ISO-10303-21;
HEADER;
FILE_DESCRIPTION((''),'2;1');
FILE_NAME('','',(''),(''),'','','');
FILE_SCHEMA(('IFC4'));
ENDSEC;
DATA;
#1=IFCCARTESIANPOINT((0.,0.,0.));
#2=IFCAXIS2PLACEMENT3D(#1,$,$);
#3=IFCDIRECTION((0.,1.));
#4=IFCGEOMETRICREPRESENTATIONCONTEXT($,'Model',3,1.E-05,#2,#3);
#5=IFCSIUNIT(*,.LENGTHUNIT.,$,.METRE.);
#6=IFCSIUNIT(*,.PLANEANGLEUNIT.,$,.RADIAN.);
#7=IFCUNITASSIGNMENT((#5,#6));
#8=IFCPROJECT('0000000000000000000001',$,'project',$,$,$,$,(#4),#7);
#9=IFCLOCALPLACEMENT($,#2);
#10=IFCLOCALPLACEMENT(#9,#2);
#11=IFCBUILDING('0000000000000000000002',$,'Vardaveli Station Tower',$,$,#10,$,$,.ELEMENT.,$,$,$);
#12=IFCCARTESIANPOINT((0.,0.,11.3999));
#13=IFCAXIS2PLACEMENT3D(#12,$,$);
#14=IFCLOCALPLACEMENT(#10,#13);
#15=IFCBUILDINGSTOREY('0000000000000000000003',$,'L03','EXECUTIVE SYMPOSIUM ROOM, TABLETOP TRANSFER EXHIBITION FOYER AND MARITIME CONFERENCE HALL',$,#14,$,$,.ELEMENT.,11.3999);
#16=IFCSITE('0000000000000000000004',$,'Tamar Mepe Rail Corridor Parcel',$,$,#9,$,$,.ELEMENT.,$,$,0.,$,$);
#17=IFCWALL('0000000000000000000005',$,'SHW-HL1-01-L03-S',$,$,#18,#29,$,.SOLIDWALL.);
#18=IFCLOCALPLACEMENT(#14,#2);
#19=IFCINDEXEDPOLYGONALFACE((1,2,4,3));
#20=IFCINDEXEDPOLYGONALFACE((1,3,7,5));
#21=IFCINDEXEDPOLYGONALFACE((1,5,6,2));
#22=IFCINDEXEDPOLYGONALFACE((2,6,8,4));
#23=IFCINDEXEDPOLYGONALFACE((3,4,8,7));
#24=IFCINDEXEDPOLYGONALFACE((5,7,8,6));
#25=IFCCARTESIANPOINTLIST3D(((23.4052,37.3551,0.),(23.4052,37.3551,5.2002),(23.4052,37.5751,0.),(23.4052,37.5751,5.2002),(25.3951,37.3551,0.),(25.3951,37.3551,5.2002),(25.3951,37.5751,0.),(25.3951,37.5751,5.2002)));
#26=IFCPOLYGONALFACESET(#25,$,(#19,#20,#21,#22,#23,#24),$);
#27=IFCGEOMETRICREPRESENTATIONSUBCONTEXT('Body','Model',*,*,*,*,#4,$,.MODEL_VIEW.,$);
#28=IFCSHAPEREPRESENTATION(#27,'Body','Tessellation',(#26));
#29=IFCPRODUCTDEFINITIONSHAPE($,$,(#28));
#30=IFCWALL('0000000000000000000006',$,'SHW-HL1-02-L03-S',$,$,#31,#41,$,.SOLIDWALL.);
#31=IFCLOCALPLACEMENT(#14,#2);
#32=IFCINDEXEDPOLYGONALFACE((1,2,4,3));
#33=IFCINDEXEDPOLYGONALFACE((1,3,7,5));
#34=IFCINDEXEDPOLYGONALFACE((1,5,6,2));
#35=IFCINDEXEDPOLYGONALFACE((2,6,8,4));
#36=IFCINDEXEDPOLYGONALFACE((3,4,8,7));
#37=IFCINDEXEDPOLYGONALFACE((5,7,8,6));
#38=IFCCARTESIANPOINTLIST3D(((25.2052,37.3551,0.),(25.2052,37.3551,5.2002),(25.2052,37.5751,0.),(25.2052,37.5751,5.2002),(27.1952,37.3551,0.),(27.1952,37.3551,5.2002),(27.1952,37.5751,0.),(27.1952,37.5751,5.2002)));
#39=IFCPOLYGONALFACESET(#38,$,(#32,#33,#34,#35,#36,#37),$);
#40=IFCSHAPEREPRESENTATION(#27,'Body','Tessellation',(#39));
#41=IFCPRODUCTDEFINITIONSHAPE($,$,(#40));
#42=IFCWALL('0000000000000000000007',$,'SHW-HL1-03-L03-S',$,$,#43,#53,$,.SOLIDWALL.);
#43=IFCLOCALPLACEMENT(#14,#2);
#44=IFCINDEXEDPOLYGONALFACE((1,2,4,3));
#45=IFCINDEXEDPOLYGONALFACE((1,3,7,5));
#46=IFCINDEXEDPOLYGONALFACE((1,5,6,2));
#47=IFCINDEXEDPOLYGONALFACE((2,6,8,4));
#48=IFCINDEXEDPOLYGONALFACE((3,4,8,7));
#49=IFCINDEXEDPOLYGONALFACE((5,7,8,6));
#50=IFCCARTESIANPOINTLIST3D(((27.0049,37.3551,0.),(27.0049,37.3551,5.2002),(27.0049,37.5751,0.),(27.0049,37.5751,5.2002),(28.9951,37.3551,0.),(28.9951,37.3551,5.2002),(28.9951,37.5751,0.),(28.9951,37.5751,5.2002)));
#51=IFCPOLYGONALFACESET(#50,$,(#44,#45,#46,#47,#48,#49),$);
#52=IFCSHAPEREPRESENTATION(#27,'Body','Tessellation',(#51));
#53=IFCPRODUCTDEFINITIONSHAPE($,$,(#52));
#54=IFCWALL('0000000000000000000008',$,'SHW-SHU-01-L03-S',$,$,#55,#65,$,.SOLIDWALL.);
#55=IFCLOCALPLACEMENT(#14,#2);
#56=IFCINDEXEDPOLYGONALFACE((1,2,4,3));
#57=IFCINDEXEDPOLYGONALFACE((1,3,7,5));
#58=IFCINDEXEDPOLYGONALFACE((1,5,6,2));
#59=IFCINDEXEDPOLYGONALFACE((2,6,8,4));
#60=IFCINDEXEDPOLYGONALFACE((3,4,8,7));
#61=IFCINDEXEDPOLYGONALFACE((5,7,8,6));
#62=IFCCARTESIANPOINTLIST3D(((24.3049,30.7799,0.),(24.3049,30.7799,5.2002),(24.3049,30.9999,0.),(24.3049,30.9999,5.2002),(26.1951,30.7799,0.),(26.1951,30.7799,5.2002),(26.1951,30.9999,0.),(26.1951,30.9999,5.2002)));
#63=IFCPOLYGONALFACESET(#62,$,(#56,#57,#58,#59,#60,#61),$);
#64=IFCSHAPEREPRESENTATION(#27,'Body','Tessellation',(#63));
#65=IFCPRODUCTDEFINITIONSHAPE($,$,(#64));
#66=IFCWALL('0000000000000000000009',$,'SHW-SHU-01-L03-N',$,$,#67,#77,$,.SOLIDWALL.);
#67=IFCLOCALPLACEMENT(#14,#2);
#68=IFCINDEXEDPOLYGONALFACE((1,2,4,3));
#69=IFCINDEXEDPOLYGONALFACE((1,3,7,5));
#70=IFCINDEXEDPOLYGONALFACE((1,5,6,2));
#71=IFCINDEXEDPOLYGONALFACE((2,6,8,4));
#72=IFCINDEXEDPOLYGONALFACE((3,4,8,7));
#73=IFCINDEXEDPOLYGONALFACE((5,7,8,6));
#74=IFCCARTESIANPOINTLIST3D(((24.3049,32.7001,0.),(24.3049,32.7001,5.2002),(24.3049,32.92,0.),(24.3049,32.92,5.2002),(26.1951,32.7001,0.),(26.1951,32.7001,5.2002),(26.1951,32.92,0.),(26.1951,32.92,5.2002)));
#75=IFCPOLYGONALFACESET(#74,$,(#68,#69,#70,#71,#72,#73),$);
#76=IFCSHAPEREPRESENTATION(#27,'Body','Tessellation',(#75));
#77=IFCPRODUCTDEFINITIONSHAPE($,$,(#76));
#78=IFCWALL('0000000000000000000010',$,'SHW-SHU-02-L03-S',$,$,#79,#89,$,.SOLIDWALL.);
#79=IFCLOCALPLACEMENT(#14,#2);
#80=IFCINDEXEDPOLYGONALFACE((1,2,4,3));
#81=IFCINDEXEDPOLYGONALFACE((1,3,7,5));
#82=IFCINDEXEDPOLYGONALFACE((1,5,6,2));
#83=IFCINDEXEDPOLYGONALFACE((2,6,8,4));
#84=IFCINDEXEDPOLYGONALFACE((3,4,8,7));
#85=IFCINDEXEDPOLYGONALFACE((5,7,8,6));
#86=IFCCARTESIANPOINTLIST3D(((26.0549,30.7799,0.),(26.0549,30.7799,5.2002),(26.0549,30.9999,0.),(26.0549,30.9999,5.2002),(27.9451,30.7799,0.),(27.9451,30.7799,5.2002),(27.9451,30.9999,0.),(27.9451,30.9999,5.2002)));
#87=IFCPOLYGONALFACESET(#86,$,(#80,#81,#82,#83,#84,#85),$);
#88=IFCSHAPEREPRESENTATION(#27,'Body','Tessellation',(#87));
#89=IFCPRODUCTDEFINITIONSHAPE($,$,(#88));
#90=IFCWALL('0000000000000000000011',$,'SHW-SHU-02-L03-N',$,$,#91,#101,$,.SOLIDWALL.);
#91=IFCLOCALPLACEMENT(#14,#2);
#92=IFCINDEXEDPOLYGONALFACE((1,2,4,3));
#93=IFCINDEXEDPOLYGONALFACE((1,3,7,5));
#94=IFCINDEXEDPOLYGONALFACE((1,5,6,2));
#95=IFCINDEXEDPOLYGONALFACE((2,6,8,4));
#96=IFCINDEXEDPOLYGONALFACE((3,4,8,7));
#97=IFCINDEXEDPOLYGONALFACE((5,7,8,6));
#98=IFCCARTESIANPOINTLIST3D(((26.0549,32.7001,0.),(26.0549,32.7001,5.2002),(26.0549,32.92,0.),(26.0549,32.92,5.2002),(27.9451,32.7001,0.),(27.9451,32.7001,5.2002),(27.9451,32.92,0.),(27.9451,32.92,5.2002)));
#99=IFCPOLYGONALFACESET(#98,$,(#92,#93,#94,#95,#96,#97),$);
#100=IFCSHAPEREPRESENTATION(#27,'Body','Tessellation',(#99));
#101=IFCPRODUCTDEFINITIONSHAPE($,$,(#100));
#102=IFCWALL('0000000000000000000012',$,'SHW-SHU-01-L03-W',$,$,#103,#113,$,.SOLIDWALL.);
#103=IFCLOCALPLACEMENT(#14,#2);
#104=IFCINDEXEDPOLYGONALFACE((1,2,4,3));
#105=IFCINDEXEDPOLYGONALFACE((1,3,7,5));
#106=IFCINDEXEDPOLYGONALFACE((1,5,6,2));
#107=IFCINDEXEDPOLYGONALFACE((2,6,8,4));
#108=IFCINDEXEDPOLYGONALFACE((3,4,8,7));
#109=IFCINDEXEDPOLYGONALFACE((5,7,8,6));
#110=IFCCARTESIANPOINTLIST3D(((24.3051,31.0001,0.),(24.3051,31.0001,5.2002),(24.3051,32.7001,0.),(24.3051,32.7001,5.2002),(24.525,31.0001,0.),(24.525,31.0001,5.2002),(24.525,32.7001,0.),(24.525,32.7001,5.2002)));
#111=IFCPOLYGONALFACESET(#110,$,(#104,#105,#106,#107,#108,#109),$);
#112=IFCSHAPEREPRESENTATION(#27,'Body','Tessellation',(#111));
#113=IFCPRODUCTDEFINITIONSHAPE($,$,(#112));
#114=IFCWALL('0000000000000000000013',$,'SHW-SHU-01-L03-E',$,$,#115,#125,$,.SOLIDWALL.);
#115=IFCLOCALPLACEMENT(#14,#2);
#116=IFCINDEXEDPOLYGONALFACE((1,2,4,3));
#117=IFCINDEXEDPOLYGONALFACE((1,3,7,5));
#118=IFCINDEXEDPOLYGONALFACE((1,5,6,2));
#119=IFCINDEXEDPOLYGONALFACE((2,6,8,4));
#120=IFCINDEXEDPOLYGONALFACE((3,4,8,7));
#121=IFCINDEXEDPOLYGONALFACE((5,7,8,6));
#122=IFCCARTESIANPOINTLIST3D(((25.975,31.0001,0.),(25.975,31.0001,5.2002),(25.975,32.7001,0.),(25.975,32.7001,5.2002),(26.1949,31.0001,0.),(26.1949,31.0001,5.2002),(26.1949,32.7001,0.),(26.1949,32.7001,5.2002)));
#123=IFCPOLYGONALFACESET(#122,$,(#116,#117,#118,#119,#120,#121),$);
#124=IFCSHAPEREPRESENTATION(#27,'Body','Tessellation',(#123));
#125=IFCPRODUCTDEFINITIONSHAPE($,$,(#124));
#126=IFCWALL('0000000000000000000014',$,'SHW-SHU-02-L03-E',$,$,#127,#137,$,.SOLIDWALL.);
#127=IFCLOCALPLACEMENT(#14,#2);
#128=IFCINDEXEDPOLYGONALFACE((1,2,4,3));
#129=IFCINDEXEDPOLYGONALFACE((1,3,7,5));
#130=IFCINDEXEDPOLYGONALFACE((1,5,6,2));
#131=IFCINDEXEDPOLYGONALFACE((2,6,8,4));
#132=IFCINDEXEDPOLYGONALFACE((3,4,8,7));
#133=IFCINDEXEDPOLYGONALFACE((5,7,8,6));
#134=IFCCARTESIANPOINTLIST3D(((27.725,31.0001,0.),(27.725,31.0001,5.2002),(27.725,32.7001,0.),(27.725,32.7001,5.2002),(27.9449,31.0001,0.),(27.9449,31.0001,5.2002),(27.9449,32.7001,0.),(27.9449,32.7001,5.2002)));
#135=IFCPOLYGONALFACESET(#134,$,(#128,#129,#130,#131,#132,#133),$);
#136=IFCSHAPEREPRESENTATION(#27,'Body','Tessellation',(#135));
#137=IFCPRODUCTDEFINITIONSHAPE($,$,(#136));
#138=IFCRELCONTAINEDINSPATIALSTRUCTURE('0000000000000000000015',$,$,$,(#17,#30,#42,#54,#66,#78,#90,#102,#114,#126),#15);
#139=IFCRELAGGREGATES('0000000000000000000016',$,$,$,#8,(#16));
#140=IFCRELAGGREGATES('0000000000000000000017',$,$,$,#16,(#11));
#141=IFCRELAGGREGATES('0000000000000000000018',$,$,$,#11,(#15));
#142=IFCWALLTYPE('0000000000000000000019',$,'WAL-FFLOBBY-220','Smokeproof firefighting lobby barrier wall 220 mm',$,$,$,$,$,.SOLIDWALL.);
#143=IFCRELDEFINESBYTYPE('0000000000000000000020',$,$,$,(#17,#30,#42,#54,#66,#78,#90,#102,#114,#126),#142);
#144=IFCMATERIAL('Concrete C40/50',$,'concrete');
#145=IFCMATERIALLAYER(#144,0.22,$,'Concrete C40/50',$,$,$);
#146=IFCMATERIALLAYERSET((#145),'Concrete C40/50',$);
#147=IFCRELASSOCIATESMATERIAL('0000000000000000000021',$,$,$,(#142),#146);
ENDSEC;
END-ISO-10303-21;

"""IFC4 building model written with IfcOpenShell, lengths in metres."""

from ifc_helpers import new_model, si_unit, direction, frame, frame_2d, origin, place, context, subcontext, project, spatial, rectangle, extrude, source, transform, mapped, material, layer, layer_set, type_object, element, save


model = new_model("IFC4")

# Units and contexts
model_context = context("Model", 3, precision=1e-05, world=origin(), true_north=direction((0.0, 1.0)))
body_context = subcontext(model_context, "Body", "Model", "MODEL_VIEW")
ifc_project = project(units=[si_unit("LENGTHUNIT", "METRE"), si_unit("PLANEANGLEUNIT", "RADIAN")], contexts=[model_context])

# Site, building, storey
site_placement = place(None, origin())
site = spatial("IfcSite", under=ifc_project, at=site_placement, Name="Tamar Mepe Rail Corridor Parcel", CompositionType="ELEMENT", RefElevation=0.0)
building_placement = place(site_placement, origin())
building = spatial("IfcBuilding", under=site, at=building_placement, Name="Vardaveli Station Tower", CompositionType="ELEMENT")
storey_placement = place(building_placement, frame((0.0, 0.0, 11.3999)))
storey = spatial("IfcBuildingStorey", under=building, at=storey_placement, Name="L03", Description="EXECUTIVE SYMPOSIUM ROOM, TABLETOP TRANSFER EXHIBITION FOYER AND MARITIME CONFERENCE HALL", CompositionType="ELEMENT", Elevation=11.3999)

# Shared definitions
ifc_material_1 = material(Name="Concrete C40/50", Category="concrete")

# Walls
ifc_layer_1 = layer(ifc_material_1, 0.22, Name="Concrete C40/50")
ifc_layer_set_1 = layer_set([ifc_layer_1], Name="Concrete C40/50")
wall_type_1 = type_object("IfcWallType", Name="WAL-FFLOBBY-220", Description="Smokeproof firefighting lobby barrier wall 220 mm", PredefinedType="SOLIDWALL", material=ifc_layer_set_1)
shared_shape_1 = source(origin(), body_context, "Body", "SweptSolid", [
    extrude(rectangle(XDim=1.99, YDim=0.22, at=frame_2d((0.9951, 0.0))), origin(), (0.0, 0.0, 1.0), 5.2002),
])
for number, where, z_axis, x_axis, name in (
    (1, (23.405, 37.4651, 0.0), (0.0, 0.0, 1.0), (1.0, 0.0, 0.0), "SHW-HL1-01-L03-S"),
    (2, (25.2051, 37.4651, 0.0), (0.0, 0.0, 1.0), (1.0, 0.0, 0.0), "SHW-HL1-02-L03-S"),
):
    element("IfcWall", number, at=place(storey_placement, frame(where, z_axis=z_axis, x_axis=x_axis)), inside=storey, type_object=wall_type_1, Name=name, PredefinedType="SOLIDWALL", context=body_context, shape_type="MappedRepresentation", body=[
        mapped(shared_shape_1, transform((0.0, 0.0, 0.0), scale=1.0)),
    ])
shared_shape_2 = source(origin(), body_context, "Body", "SweptSolid", [
    extrude(rectangle(XDim=1.9902, YDim=0.22, at=frame_2d((0.9951, 0.0))), origin(), (0.0, 0.0, 1.0), 5.2002),
])
wall_1_placement = place(storey_placement, frame((27.0049, 37.4651, 0.0), z_axis=(0.0, 0.0, 1.0), x_axis=(1.0, 0.0, 0.0)))
element("IfcWall", 3, at=wall_1_placement, inside=storey, type_object=wall_type_1, Name="SHW-HL1-03-L03-S", PredefinedType="SOLIDWALL", context=body_context, shape_type="MappedRepresentation", body=[
    mapped(shared_shape_2, transform((0.0, 0.0, 0.0), scale=1.0)),
])
shared_shape_3 = source(origin(), body_context, "Body", "SweptSolid", [
    extrude(rectangle(XDim=1.8901, YDim=0.22, at=frame_2d((0.9451, 0.0))), origin(), (0.0, 0.0, 1.0), 5.2002),
])
for number, where, z_axis, x_axis, name in (
    (4, (24.3049, 30.8899, 0.0), (0.0, 0.0, 1.0), (1.0, 0.0, 0.0), "SHW-SHU-01-L03-S"),
    (5, (24.3049, 32.8101, 0.0), (0.0, 0.0, 1.0), (1.0, 0.0, 0.0), "SHW-SHU-01-L03-N"),
    (6, (26.0549, 30.8899, 0.0), (0.0, 0.0, 1.0), (1.0, 0.0, 0.0), "SHW-SHU-02-L03-S"),
    (7, (26.0549, 32.8101, 0.0), (0.0, 0.0, 1.0), (1.0, 0.0, 0.0), "SHW-SHU-02-L03-N"),
):
    element("IfcWall", number, at=place(storey_placement, frame(where, z_axis=z_axis, x_axis=x_axis)), inside=storey, type_object=wall_type_1, Name=name, PredefinedType="SOLIDWALL", context=body_context, shape_type="MappedRepresentation", body=[
        mapped(shared_shape_3, transform((0.0, 0.0, 0.0), scale=1.0)),
    ])
shared_shape_4 = source(origin(), body_context, "Body", "SweptSolid", [
    extrude(rectangle(XDim=1.7, YDim=0.22, at=frame_2d((0.8501, 0.0))), origin(), (0.0, 0.0, 1.0), 5.2002),
])
for number, where, z_axis, x_axis, name in (
    (8, (24.415, 31.0, 0.0), (0.0, 0.0, 1.0), (0.0, 1.0, 0.0), "SHW-SHU-01-L03-W"),
    (9, (26.085, 31.0, 0.0), (0.0, 0.0, 1.0), (0.0, 1.0, 0.0), "SHW-SHU-01-L03-E"),
    (10, (27.835, 31.0, 0.0), (0.0, 0.0, 1.0), (0.0, 1.0, 0.0), "SHW-SHU-02-L03-E"),
):
    element("IfcWall", number, at=place(storey_placement, frame(where, z_axis=z_axis, x_axis=x_axis)), inside=storey, type_object=wall_type_1, Name=name, PredefinedType="SOLIDWALL", context=body_context, shape_type="MappedRepresentation", body=[
        mapped(shared_shape_4, transform((0.0, 0.0, 0.0), scale=1.0)),
    ])

save(model, "model.ifc")
